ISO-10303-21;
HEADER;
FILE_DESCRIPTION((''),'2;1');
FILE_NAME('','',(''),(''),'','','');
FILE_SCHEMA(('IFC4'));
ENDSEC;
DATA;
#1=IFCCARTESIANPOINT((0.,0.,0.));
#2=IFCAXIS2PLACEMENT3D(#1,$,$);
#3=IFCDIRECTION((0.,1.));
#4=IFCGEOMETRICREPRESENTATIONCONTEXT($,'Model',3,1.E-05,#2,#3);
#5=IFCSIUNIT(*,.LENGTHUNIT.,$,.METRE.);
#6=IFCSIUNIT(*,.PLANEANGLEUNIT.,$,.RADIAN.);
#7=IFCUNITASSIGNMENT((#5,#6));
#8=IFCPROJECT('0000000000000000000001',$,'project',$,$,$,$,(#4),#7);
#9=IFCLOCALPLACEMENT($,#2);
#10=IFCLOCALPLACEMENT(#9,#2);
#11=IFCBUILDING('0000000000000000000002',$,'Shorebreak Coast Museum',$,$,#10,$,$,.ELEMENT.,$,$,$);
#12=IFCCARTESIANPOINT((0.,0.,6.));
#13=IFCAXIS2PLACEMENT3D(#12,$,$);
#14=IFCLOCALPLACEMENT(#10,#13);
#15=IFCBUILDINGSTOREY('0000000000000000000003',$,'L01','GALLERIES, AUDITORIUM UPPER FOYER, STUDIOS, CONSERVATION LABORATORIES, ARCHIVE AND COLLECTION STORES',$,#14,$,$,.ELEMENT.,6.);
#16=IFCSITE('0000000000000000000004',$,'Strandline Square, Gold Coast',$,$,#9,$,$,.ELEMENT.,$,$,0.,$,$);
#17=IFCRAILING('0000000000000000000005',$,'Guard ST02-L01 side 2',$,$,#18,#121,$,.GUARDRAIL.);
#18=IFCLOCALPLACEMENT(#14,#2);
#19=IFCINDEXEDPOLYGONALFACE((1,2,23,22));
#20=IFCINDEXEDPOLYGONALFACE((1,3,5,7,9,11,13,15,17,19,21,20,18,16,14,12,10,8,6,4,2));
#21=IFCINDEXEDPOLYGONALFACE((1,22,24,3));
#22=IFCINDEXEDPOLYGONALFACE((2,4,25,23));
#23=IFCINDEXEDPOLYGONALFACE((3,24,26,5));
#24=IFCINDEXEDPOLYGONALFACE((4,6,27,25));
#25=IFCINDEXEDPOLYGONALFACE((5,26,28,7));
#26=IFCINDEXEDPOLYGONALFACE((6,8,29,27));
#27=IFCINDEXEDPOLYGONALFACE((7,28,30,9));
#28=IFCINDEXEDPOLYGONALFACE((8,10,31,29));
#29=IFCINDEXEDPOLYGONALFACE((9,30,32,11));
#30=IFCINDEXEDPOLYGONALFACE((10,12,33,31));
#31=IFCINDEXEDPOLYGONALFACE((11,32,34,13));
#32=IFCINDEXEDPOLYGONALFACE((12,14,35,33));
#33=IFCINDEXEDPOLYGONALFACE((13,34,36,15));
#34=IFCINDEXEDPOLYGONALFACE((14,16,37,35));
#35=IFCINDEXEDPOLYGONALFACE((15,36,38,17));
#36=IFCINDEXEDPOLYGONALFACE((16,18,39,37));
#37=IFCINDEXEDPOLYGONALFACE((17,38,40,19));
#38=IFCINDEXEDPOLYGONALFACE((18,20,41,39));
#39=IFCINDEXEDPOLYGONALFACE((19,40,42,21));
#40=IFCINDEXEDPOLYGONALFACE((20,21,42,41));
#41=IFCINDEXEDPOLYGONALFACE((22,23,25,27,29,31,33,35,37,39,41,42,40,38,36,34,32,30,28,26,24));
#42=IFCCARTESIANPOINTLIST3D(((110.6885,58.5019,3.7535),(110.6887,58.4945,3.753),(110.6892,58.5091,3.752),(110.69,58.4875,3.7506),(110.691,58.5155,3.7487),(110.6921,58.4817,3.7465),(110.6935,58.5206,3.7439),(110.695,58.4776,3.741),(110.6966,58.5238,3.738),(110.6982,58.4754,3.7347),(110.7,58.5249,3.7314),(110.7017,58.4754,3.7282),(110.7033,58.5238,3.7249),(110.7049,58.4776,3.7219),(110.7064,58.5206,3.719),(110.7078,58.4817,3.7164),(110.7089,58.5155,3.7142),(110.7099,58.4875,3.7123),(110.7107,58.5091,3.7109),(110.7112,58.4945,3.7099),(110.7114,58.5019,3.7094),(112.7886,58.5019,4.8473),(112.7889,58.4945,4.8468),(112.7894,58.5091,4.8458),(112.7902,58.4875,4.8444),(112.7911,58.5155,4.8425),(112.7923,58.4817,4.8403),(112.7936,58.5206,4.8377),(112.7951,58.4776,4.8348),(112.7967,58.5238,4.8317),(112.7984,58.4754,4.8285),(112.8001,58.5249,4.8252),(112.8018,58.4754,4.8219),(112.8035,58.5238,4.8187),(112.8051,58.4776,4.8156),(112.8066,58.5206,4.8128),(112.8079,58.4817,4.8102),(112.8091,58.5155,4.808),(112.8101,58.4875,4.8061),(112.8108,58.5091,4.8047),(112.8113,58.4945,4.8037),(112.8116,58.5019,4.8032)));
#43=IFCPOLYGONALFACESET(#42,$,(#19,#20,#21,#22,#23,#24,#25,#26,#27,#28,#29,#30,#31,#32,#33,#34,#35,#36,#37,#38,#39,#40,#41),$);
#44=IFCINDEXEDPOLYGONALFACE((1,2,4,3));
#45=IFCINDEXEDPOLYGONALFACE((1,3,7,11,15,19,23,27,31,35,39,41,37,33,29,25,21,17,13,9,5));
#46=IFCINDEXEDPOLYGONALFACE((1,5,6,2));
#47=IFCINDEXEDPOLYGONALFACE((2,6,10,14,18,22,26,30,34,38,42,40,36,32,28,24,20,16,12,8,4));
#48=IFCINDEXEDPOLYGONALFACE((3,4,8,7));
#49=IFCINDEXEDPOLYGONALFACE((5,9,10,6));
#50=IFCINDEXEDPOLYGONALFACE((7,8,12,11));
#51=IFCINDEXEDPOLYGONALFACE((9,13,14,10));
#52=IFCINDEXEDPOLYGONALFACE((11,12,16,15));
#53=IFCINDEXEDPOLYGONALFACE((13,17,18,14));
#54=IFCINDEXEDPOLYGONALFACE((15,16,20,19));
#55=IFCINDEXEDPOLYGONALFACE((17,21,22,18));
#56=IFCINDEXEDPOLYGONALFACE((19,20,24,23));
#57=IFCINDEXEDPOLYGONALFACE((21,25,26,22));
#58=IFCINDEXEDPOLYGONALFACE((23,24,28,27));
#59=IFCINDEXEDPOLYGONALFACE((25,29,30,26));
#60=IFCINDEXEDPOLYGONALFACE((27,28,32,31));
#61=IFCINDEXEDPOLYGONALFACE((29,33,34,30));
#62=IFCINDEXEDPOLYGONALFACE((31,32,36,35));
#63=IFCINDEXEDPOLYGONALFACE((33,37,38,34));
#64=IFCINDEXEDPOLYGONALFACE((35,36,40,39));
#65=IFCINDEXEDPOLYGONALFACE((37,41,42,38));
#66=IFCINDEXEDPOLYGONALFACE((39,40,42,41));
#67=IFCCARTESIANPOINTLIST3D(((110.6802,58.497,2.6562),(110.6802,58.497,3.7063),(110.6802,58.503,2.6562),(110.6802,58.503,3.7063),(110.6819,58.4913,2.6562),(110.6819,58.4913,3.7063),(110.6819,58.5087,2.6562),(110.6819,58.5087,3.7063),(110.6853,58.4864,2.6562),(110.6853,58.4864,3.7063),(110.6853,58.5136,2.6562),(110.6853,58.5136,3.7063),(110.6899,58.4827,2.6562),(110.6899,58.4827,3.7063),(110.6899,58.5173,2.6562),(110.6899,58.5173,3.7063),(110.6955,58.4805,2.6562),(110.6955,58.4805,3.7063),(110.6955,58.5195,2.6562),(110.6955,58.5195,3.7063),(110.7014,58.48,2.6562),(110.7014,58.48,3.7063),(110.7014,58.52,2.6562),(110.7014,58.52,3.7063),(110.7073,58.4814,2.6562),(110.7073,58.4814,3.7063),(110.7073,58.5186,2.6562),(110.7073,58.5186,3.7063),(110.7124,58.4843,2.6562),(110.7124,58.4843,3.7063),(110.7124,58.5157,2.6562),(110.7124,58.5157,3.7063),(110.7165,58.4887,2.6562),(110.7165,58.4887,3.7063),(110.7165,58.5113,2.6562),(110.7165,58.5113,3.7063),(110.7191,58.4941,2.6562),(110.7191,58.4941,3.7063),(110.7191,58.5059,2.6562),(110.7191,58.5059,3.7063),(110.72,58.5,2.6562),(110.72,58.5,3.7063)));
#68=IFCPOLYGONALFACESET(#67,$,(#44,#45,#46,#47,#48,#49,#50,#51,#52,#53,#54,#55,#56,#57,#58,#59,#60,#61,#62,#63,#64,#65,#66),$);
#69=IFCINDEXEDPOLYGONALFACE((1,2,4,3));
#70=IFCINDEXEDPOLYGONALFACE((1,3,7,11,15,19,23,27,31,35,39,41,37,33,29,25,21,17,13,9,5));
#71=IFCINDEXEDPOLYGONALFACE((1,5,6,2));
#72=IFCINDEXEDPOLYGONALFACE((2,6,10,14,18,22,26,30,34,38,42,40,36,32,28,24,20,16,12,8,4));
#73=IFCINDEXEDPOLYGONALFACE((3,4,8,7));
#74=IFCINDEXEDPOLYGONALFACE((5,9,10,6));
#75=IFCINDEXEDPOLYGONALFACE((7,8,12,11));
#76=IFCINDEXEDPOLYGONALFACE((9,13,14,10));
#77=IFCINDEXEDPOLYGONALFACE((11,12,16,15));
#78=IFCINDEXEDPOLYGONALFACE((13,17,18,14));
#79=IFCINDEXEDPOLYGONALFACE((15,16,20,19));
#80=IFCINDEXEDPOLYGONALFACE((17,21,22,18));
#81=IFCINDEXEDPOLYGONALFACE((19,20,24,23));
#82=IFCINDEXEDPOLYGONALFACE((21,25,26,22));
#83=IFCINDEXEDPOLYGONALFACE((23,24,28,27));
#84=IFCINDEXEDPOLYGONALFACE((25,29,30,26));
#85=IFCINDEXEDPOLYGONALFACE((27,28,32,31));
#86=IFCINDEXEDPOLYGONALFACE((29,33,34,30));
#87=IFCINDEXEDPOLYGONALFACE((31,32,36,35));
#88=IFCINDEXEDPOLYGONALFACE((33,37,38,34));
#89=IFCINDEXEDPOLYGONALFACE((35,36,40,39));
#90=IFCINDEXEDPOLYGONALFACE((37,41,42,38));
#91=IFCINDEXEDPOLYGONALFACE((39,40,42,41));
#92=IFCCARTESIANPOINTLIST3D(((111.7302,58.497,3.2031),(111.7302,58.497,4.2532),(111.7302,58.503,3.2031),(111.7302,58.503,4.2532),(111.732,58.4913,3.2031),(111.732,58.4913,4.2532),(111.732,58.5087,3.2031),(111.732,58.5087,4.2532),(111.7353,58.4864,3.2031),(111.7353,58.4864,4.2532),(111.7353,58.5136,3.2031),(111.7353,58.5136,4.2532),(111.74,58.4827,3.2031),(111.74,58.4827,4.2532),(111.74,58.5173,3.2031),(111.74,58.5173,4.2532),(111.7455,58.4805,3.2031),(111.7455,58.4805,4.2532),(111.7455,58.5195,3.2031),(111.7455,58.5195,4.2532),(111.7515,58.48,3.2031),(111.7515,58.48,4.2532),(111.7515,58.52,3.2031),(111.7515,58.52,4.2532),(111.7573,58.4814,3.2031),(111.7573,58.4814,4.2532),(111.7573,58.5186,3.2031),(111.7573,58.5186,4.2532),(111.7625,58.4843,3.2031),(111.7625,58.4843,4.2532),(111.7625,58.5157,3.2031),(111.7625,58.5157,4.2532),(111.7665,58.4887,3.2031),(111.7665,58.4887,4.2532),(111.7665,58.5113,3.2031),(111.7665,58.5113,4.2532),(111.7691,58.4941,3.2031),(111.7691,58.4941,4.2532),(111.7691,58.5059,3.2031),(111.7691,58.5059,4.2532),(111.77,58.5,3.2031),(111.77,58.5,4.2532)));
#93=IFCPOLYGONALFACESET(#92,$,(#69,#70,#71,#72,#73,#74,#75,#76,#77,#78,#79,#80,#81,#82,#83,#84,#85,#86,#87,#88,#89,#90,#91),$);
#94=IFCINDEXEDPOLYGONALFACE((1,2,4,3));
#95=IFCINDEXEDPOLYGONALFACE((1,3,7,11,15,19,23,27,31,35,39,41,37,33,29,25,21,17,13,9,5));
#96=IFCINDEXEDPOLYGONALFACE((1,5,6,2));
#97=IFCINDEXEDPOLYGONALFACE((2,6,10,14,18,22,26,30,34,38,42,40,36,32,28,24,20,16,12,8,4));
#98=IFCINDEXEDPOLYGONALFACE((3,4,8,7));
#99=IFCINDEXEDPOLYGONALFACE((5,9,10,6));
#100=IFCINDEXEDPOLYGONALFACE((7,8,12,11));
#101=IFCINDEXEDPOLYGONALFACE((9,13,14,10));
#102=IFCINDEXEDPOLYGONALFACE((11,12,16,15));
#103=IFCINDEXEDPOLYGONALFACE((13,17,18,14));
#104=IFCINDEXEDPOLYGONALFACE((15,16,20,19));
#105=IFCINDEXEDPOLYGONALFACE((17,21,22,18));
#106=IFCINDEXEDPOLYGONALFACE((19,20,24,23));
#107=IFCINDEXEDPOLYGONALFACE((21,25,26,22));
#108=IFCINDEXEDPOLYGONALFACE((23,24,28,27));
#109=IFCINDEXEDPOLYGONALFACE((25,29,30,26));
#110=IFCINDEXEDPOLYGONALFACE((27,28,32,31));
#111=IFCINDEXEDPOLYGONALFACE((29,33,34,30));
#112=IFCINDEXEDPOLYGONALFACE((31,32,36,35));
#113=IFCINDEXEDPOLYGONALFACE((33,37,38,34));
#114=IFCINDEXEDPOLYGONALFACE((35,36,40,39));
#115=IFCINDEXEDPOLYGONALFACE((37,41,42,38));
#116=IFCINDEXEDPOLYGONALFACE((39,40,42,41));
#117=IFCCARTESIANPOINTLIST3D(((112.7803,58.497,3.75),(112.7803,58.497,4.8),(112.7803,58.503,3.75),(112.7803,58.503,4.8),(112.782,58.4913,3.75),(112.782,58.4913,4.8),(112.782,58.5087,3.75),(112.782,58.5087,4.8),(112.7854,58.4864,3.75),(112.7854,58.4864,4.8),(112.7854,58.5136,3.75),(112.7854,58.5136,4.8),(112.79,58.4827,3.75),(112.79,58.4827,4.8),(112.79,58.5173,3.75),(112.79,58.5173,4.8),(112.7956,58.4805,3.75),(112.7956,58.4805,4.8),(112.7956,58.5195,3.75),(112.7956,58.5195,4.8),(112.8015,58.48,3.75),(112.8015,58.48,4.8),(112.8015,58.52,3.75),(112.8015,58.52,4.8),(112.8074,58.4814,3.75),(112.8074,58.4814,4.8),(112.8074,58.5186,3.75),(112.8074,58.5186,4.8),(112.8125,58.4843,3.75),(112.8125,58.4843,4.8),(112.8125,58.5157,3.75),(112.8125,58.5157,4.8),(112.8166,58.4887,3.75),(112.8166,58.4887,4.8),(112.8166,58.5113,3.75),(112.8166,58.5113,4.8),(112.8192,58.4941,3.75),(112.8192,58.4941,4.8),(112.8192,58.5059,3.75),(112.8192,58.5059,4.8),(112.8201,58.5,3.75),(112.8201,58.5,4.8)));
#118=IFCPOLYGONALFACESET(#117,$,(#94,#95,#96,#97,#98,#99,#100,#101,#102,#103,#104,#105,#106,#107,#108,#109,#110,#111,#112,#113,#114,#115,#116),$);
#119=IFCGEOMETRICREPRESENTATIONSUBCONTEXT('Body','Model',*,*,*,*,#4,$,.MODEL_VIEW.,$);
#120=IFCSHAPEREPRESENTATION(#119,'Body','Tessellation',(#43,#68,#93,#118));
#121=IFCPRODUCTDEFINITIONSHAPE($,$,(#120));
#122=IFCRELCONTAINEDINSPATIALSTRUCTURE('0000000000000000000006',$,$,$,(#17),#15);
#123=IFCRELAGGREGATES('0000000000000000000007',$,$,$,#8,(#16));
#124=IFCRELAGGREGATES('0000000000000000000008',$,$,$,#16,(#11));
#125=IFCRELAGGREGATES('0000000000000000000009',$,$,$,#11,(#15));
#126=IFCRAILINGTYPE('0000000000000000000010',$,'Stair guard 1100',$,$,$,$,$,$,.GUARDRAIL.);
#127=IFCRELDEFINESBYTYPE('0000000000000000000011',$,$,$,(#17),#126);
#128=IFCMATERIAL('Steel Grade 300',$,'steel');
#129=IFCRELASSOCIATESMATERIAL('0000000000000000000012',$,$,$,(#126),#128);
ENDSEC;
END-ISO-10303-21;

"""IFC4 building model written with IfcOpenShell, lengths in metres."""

from ifc_helpers import new_model, si_unit, direction, frame, origin, origin_2d, place, context, subcontext, project, spatial, circle, extrude, material, type_object, element, save


model = new_model("IFC4")

# Units and contexts
model_context = context("Model", 3, precision=1e-05, world=origin(), true_north=direction((0.0, 1.0)))
body_context = subcontext(model_context, "Body", "Model", "MODEL_VIEW")
ifc_project = project(units=[si_unit("LENGTHUNIT", "METRE"), si_unit("PLANEANGLEUNIT", "RADIAN")], contexts=[model_context])

# Site, building, storey
site_placement = place(None, origin())
site = spatial("IfcSite", under=ifc_project, at=site_placement, Name="Strandline Square, Gold Coast", CompositionType="ELEMENT", RefElevation=0.0)
building_placement = place(site_placement, origin())
building = spatial("IfcBuilding", under=site, at=building_placement, Name="Shorebreak Coast Museum", CompositionType="ELEMENT")
storey_placement = place(building_placement, frame((0.0, 0.0, 6.0)))
storey = spatial("IfcBuildingStorey", under=building, at=storey_placement, Name="L01", Description="GALLERIES, AUDITORIUM UPPER FOYER, STUDIOS, CONSERVATION LABORATORIES, ARCHIVE AND COLLECTION STORES", CompositionType="ELEMENT", Elevation=6.0)

# Railing
ifc_material_1 = material(Name="Steel Grade 300", Category="steel")
railing_type_1 = type_object("IfcRailingType", Name="Stair guard 1100", PredefinedType="GUARDRAIL", material=ifc_material_1)
railing_placement = place(storey_placement, frame((110.7, 58.5, 2.6562)))
element("IfcRailing", 1, at=railing_placement, inside=storey, type_object=railing_type_1, Name="Guard ST02-L01 side 2", PredefinedType="GUARDRAIL", context=body_context, shape_type="SweptSolid", body=[
    extrude(circle(Radius=0.0249, at=origin_2d()), frame((0.0, 0.0, 1.0752), z_axis=(0.886923, 0.0, 0.461918), x_axis=(0.0, 1.0, 0.0)), (0.0, 0.0, 1.0), 2.3679),
    extrude(circle(Radius=0.02, at=origin_2d()), origin(), (0.0, 0.0, 1.0), 1.05),
    extrude(circle(Radius=0.02, at=origin_2d()), frame((1.05, 0.0, 0.5469)), (0.0, 0.0, 1.0), 1.05),
    extrude(circle(Radius=0.02, at=origin_2d()), frame((2.1001, 0.0, 1.0938)), (0.0, 0.0, 1.0), 1.05),
])

save(model, "model.ifc")
